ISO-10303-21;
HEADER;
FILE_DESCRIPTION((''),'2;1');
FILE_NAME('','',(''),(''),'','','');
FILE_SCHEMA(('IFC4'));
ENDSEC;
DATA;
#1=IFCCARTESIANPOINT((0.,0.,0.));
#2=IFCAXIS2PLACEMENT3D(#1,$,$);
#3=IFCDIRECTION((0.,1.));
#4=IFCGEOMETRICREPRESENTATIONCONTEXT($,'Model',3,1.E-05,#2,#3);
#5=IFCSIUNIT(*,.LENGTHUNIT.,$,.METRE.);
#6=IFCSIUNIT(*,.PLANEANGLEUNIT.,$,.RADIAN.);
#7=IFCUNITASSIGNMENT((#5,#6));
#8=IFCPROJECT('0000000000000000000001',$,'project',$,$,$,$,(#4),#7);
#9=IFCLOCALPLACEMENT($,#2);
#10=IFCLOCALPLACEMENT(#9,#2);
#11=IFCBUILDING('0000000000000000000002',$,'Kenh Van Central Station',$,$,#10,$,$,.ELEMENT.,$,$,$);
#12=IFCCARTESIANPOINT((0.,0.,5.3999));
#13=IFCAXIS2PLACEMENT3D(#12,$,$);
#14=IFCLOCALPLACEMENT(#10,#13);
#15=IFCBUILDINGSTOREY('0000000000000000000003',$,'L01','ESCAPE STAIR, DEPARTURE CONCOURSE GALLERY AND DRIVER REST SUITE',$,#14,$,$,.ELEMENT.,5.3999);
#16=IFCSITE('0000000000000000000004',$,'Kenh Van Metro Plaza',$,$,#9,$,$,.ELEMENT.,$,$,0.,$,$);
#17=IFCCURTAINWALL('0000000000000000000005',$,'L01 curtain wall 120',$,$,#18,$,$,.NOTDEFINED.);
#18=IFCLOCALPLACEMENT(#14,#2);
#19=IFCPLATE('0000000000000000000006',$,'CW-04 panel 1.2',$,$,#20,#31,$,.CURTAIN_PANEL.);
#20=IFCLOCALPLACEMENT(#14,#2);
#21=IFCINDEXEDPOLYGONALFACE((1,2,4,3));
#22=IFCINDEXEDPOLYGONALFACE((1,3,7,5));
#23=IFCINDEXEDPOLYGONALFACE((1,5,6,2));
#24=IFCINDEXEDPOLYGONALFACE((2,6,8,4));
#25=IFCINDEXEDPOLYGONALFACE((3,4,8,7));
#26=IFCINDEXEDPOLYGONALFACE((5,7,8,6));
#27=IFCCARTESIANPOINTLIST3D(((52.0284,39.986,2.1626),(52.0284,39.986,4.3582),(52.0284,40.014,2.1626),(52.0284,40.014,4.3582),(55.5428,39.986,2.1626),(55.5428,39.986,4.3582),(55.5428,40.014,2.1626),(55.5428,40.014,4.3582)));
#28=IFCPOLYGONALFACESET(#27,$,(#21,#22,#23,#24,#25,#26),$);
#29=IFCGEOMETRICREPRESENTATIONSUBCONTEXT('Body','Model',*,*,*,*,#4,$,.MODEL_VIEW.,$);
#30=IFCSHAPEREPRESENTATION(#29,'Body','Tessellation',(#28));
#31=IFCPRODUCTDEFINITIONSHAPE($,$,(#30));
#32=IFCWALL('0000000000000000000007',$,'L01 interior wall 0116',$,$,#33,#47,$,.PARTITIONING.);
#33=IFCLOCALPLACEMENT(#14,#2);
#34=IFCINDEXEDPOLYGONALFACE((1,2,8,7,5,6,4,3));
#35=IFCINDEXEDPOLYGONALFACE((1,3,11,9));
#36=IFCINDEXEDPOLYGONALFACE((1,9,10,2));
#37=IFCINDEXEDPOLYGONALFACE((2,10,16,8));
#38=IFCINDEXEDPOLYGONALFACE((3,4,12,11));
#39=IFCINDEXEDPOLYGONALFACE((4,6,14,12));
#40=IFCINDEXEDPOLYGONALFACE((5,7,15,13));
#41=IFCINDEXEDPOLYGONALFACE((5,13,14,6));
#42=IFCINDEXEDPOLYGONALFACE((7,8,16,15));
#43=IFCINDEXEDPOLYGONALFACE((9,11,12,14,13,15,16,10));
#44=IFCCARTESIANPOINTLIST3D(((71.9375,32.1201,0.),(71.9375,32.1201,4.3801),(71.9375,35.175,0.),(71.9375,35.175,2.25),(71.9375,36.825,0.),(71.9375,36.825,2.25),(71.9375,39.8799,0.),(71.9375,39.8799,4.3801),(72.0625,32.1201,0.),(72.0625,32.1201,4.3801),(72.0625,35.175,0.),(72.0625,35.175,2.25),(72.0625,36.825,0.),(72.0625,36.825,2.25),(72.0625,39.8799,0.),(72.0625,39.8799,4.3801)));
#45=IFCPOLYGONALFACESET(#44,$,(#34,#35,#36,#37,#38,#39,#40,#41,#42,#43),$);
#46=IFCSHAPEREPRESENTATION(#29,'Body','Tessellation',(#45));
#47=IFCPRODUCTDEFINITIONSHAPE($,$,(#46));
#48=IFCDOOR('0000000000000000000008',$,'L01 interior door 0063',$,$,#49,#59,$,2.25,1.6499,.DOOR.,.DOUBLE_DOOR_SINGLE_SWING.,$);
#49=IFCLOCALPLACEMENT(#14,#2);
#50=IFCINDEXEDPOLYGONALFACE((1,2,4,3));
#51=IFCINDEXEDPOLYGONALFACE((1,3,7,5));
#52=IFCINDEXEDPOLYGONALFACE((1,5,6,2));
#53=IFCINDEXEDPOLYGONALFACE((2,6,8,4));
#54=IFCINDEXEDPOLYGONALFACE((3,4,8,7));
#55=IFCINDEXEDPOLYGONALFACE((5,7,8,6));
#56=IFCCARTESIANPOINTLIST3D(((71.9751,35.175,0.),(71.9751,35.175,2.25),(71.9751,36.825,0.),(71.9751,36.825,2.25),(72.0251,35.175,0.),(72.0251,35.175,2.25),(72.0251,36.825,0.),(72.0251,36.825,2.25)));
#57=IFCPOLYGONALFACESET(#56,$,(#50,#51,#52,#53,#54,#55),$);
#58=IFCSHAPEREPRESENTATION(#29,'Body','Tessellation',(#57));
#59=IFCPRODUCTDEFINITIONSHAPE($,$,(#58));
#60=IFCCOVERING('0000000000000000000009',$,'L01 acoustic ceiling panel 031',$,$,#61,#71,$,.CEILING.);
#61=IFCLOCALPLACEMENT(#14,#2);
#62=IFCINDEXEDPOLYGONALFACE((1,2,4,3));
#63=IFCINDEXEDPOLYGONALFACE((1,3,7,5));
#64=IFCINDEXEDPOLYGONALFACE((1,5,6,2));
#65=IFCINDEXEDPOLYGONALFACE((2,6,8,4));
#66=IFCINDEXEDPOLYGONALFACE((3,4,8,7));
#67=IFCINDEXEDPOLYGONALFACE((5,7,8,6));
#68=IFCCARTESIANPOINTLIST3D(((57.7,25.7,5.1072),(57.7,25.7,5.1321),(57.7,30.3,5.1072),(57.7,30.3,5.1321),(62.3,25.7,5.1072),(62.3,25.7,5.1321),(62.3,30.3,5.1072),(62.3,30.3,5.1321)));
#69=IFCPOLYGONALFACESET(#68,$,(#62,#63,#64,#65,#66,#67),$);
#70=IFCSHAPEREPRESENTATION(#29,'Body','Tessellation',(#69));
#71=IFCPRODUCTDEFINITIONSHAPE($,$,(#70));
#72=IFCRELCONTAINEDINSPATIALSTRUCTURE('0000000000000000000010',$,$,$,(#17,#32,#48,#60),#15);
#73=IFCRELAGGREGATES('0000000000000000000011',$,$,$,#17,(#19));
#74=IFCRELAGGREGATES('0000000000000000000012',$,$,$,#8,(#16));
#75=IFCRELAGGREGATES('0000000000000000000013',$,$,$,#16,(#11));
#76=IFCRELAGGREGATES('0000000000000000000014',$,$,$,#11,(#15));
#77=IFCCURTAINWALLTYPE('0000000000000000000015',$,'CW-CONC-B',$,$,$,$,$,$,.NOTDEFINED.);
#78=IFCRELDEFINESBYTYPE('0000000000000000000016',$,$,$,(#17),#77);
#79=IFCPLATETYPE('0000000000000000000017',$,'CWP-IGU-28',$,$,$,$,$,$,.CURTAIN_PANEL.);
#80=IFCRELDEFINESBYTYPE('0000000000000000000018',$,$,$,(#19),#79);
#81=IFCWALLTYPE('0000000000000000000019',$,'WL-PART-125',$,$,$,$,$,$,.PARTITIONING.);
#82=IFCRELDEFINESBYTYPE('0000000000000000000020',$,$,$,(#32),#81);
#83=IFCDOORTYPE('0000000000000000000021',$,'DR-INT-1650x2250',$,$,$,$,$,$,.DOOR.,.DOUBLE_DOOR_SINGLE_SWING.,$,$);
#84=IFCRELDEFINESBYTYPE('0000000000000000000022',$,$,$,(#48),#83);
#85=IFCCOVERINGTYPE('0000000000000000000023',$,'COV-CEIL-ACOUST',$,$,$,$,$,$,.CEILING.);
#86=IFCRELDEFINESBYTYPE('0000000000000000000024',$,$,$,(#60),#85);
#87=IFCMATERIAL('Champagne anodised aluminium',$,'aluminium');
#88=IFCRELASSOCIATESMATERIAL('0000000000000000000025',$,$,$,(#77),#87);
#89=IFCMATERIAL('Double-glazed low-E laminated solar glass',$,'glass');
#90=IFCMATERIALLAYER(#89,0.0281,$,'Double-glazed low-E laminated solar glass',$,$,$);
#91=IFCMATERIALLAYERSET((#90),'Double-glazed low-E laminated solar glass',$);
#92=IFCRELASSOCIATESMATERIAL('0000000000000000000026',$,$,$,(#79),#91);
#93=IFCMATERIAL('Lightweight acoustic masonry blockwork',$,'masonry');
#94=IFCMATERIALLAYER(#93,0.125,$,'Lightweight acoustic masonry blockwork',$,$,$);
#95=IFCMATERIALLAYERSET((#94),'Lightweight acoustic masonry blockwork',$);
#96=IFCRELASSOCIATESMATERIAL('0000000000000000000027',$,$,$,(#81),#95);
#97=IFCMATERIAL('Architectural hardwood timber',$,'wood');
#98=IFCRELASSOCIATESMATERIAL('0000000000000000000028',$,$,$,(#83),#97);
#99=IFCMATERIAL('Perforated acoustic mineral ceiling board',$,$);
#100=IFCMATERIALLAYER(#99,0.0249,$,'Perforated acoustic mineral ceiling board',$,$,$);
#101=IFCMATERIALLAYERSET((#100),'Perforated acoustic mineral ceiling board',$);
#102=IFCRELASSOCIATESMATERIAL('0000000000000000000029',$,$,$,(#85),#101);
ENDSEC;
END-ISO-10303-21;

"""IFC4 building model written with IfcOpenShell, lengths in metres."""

from ifc_helpers import new_model, si_unit, direction, frame, frame_2d, origin, origin_2d, place, context, subcontext, project, spatial, rectangle, extrude, material, layer, layer_set, type_object, element, fill, aggregate, save


model = new_model("IFC4")

# Units and contexts
model_context = context("Model", 3, precision=1e-05, world=origin(), true_north=direction((0.0, 1.0)))
body_context = subcontext(model_context, "Body", "Model", "MODEL_VIEW")
ifc_project = project(units=[si_unit("LENGTHUNIT", "METRE"), si_unit("PLANEANGLEUNIT", "RADIAN")], contexts=[model_context])

# Site, building, storey
site_placement = place(None, origin())
site = spatial("IfcSite", under=ifc_project, at=site_placement, Name="Kenh Van Metro Plaza", CompositionType="ELEMENT", RefElevation=0.0)
building_placement = place(site_placement, origin())
building = spatial("IfcBuilding", under=site, at=building_placement, Name="Kenh Van Central Station", CompositionType="ELEMENT")
storey_placement = place(building_placement, frame((0.0, 0.0, 5.3999)))
storey = spatial("IfcBuildingStorey", under=building, at=storey_placement, Name="L01", Description="ESCAPE STAIR, DEPARTURE CONCOURSE GALLERY AND DRIVER REST SUITE", CompositionType="ELEMENT", Elevation=5.3999)

# Curtain wall
ifc_material_1 = material(Name="Champagne anodised aluminium", Category="aluminium")
curtain_wall_type = type_object("IfcCurtainWallType", Name="CW-CONC-B", PredefinedType="NOTDEFINED", material=ifc_material_1)
curtain_wall_placement = place(storey_placement, origin())
curtain_wall = element("IfcCurtainWall", 1, at=curtain_wall_placement, inside=storey, type_object=curtain_wall_type, Name="L01 curtain wall 120", PredefinedType="NOTDEFINED")

# Plate
ifc_material_2 = material(Name="Double-glazed low-E laminated solar glass", Category="glass")
ifc_layer_1 = layer(ifc_material_2, 0.0281, Name="Double-glazed low-E laminated solar glass")
ifc_layer_set_1 = layer_set([ifc_layer_1], Name="Double-glazed low-E laminated solar glass")
plate_type = type_object("IfcPlateType", Name="CWP-IGU-28", PredefinedType="CURTAIN_PANEL", material=ifc_layer_set_1)
plate_1_placement = place(storey_placement, frame((53.7856, 40.0, 2.1626), z_axis=(0.0, 0.0, 1.0), x_axis=(-1.0, 0.0, 0.0)))
plate_1 = element("IfcPlate", 2, at=plate_1_placement, type_object=plate_type, Name="CW-04 panel 1.2", PredefinedType="CURTAIN_PANEL", context=body_context, shape_type="SweptSolid", body=[
    extrude(rectangle(XDim=3.5144, YDim=0.0281, at=origin_2d()), origin(), (0.0, 0.0, 1.0), 2.1956),
])
aggregate(curtain_wall, [plate_1])

# Wall, opening, door
ifc_material_3 = material(Name="Lightweight acoustic masonry blockwork", Category="masonry")
ifc_layer_2 = layer(ifc_material_3, 0.125, Name="Lightweight acoustic masonry blockwork")
ifc_layer_set_2 = layer_set([ifc_layer_2], Name="Lightweight acoustic masonry blockwork")
wall_type = type_object("IfcWallType", Name="WL-PART-125", PredefinedType="PARTITIONING", material=ifc_layer_set_2)
wall_placement = place(storey_placement, frame((72.0, 32.1201, 0.0), z_axis=(0.0, 0.0, 1.0), x_axis=(0.0, 1.0, 0.0)))
wall = element("IfcWall", 3, at=wall_placement, inside=storey, type_object=wall_type, Name="L01 interior wall 0116", PredefinedType="PARTITIONING", context=body_context, shape_type="SweptSolid", body=[
    extrude(rectangle(XDim=7.7598, YDim=0.125, at=frame_2d((3.8799, 0.0))), origin(), (0.0, 0.0, 1.0), 4.3801),
])
opening_placement = place(wall_placement, frame((3.0549, 0.0, 0.0)))
opening = element("IfcOpeningElement", 4, at=opening_placement, cuts=wall, PredefinedType="OPENING", context=body_context, shape_type="SweptSolid", body=[
    extrude(rectangle(XDim=1.6499, YDim=2.25, at=frame_2d((0.825, 1.125))), frame((0.0, 0.0725, 0.0), z_axis=(0.0, -1.0, 0.0), x_axis=(1.0, 0.0, 0.0)), (0.0, 0.0, 1.0), 0.145),
])
ifc_material_4 = material(Name="Architectural hardwood timber", Category="wood")
door_type = type_object("IfcDoorType", Name="DR-INT-1650x2250", OperationType="DOUBLE_DOOR_SINGLE_SWING", PredefinedType="DOOR", material=ifc_material_4)
door_placement = place(opening_placement, origin())
door = element("IfcDoor", 5, at=door_placement, inside=storey, type_object=door_type, Name="L01 interior door 0063", OperationType="DOUBLE_DOOR_SINGLE_SWING", OverallHeight=2.25, OverallWidth=1.6499, PredefinedType="DOOR", context=body_context, shape_type="SweptSolid", body=[
    extrude(rectangle(XDim=1.6499, YDim=2.25, at=frame_2d((0.825, 1.125))), frame((0.0, 0.0249, 0.0), z_axis=(0.0, -1.0, 0.0), x_axis=(1.0, 0.0, 0.0)), (0.0, 0.0, 1.0), 0.05),
])
fill(opening, door)

# Covering
ifc_material_5 = material(Name="Perforated acoustic mineral ceiling board")
ifc_layer_3 = layer(ifc_material_5, 0.0249, Name="Perforated acoustic mineral ceiling board")
ifc_layer_set_3 = layer_set([ifc_layer_3], Name="Perforated acoustic mineral ceiling board")
covering_type = type_object("IfcCoveringType", Name="COV-CEIL-ACOUST", PredefinedType="CEILING", material=ifc_layer_set_3)
covering_placement = place(storey_placement, frame((60.0, 28.0, 5.1072), z_axis=(0.0, 0.0, 1.0), x_axis=(1.0, 0.0, 0.0)))
element("IfcCovering", 6, at=covering_placement, inside=storey, type_object=covering_type, Name="L01 acoustic ceiling panel 031", PredefinedType="CEILING", context=body_context, shape_type="SweptSolid", body=[
    extrude(rectangle(XDim=4.6001, YDim=4.6001, at=origin_2d()), origin(), (0.0, 0.0, 1.0), 0.0249),
])

save(model, "model.ifc")
